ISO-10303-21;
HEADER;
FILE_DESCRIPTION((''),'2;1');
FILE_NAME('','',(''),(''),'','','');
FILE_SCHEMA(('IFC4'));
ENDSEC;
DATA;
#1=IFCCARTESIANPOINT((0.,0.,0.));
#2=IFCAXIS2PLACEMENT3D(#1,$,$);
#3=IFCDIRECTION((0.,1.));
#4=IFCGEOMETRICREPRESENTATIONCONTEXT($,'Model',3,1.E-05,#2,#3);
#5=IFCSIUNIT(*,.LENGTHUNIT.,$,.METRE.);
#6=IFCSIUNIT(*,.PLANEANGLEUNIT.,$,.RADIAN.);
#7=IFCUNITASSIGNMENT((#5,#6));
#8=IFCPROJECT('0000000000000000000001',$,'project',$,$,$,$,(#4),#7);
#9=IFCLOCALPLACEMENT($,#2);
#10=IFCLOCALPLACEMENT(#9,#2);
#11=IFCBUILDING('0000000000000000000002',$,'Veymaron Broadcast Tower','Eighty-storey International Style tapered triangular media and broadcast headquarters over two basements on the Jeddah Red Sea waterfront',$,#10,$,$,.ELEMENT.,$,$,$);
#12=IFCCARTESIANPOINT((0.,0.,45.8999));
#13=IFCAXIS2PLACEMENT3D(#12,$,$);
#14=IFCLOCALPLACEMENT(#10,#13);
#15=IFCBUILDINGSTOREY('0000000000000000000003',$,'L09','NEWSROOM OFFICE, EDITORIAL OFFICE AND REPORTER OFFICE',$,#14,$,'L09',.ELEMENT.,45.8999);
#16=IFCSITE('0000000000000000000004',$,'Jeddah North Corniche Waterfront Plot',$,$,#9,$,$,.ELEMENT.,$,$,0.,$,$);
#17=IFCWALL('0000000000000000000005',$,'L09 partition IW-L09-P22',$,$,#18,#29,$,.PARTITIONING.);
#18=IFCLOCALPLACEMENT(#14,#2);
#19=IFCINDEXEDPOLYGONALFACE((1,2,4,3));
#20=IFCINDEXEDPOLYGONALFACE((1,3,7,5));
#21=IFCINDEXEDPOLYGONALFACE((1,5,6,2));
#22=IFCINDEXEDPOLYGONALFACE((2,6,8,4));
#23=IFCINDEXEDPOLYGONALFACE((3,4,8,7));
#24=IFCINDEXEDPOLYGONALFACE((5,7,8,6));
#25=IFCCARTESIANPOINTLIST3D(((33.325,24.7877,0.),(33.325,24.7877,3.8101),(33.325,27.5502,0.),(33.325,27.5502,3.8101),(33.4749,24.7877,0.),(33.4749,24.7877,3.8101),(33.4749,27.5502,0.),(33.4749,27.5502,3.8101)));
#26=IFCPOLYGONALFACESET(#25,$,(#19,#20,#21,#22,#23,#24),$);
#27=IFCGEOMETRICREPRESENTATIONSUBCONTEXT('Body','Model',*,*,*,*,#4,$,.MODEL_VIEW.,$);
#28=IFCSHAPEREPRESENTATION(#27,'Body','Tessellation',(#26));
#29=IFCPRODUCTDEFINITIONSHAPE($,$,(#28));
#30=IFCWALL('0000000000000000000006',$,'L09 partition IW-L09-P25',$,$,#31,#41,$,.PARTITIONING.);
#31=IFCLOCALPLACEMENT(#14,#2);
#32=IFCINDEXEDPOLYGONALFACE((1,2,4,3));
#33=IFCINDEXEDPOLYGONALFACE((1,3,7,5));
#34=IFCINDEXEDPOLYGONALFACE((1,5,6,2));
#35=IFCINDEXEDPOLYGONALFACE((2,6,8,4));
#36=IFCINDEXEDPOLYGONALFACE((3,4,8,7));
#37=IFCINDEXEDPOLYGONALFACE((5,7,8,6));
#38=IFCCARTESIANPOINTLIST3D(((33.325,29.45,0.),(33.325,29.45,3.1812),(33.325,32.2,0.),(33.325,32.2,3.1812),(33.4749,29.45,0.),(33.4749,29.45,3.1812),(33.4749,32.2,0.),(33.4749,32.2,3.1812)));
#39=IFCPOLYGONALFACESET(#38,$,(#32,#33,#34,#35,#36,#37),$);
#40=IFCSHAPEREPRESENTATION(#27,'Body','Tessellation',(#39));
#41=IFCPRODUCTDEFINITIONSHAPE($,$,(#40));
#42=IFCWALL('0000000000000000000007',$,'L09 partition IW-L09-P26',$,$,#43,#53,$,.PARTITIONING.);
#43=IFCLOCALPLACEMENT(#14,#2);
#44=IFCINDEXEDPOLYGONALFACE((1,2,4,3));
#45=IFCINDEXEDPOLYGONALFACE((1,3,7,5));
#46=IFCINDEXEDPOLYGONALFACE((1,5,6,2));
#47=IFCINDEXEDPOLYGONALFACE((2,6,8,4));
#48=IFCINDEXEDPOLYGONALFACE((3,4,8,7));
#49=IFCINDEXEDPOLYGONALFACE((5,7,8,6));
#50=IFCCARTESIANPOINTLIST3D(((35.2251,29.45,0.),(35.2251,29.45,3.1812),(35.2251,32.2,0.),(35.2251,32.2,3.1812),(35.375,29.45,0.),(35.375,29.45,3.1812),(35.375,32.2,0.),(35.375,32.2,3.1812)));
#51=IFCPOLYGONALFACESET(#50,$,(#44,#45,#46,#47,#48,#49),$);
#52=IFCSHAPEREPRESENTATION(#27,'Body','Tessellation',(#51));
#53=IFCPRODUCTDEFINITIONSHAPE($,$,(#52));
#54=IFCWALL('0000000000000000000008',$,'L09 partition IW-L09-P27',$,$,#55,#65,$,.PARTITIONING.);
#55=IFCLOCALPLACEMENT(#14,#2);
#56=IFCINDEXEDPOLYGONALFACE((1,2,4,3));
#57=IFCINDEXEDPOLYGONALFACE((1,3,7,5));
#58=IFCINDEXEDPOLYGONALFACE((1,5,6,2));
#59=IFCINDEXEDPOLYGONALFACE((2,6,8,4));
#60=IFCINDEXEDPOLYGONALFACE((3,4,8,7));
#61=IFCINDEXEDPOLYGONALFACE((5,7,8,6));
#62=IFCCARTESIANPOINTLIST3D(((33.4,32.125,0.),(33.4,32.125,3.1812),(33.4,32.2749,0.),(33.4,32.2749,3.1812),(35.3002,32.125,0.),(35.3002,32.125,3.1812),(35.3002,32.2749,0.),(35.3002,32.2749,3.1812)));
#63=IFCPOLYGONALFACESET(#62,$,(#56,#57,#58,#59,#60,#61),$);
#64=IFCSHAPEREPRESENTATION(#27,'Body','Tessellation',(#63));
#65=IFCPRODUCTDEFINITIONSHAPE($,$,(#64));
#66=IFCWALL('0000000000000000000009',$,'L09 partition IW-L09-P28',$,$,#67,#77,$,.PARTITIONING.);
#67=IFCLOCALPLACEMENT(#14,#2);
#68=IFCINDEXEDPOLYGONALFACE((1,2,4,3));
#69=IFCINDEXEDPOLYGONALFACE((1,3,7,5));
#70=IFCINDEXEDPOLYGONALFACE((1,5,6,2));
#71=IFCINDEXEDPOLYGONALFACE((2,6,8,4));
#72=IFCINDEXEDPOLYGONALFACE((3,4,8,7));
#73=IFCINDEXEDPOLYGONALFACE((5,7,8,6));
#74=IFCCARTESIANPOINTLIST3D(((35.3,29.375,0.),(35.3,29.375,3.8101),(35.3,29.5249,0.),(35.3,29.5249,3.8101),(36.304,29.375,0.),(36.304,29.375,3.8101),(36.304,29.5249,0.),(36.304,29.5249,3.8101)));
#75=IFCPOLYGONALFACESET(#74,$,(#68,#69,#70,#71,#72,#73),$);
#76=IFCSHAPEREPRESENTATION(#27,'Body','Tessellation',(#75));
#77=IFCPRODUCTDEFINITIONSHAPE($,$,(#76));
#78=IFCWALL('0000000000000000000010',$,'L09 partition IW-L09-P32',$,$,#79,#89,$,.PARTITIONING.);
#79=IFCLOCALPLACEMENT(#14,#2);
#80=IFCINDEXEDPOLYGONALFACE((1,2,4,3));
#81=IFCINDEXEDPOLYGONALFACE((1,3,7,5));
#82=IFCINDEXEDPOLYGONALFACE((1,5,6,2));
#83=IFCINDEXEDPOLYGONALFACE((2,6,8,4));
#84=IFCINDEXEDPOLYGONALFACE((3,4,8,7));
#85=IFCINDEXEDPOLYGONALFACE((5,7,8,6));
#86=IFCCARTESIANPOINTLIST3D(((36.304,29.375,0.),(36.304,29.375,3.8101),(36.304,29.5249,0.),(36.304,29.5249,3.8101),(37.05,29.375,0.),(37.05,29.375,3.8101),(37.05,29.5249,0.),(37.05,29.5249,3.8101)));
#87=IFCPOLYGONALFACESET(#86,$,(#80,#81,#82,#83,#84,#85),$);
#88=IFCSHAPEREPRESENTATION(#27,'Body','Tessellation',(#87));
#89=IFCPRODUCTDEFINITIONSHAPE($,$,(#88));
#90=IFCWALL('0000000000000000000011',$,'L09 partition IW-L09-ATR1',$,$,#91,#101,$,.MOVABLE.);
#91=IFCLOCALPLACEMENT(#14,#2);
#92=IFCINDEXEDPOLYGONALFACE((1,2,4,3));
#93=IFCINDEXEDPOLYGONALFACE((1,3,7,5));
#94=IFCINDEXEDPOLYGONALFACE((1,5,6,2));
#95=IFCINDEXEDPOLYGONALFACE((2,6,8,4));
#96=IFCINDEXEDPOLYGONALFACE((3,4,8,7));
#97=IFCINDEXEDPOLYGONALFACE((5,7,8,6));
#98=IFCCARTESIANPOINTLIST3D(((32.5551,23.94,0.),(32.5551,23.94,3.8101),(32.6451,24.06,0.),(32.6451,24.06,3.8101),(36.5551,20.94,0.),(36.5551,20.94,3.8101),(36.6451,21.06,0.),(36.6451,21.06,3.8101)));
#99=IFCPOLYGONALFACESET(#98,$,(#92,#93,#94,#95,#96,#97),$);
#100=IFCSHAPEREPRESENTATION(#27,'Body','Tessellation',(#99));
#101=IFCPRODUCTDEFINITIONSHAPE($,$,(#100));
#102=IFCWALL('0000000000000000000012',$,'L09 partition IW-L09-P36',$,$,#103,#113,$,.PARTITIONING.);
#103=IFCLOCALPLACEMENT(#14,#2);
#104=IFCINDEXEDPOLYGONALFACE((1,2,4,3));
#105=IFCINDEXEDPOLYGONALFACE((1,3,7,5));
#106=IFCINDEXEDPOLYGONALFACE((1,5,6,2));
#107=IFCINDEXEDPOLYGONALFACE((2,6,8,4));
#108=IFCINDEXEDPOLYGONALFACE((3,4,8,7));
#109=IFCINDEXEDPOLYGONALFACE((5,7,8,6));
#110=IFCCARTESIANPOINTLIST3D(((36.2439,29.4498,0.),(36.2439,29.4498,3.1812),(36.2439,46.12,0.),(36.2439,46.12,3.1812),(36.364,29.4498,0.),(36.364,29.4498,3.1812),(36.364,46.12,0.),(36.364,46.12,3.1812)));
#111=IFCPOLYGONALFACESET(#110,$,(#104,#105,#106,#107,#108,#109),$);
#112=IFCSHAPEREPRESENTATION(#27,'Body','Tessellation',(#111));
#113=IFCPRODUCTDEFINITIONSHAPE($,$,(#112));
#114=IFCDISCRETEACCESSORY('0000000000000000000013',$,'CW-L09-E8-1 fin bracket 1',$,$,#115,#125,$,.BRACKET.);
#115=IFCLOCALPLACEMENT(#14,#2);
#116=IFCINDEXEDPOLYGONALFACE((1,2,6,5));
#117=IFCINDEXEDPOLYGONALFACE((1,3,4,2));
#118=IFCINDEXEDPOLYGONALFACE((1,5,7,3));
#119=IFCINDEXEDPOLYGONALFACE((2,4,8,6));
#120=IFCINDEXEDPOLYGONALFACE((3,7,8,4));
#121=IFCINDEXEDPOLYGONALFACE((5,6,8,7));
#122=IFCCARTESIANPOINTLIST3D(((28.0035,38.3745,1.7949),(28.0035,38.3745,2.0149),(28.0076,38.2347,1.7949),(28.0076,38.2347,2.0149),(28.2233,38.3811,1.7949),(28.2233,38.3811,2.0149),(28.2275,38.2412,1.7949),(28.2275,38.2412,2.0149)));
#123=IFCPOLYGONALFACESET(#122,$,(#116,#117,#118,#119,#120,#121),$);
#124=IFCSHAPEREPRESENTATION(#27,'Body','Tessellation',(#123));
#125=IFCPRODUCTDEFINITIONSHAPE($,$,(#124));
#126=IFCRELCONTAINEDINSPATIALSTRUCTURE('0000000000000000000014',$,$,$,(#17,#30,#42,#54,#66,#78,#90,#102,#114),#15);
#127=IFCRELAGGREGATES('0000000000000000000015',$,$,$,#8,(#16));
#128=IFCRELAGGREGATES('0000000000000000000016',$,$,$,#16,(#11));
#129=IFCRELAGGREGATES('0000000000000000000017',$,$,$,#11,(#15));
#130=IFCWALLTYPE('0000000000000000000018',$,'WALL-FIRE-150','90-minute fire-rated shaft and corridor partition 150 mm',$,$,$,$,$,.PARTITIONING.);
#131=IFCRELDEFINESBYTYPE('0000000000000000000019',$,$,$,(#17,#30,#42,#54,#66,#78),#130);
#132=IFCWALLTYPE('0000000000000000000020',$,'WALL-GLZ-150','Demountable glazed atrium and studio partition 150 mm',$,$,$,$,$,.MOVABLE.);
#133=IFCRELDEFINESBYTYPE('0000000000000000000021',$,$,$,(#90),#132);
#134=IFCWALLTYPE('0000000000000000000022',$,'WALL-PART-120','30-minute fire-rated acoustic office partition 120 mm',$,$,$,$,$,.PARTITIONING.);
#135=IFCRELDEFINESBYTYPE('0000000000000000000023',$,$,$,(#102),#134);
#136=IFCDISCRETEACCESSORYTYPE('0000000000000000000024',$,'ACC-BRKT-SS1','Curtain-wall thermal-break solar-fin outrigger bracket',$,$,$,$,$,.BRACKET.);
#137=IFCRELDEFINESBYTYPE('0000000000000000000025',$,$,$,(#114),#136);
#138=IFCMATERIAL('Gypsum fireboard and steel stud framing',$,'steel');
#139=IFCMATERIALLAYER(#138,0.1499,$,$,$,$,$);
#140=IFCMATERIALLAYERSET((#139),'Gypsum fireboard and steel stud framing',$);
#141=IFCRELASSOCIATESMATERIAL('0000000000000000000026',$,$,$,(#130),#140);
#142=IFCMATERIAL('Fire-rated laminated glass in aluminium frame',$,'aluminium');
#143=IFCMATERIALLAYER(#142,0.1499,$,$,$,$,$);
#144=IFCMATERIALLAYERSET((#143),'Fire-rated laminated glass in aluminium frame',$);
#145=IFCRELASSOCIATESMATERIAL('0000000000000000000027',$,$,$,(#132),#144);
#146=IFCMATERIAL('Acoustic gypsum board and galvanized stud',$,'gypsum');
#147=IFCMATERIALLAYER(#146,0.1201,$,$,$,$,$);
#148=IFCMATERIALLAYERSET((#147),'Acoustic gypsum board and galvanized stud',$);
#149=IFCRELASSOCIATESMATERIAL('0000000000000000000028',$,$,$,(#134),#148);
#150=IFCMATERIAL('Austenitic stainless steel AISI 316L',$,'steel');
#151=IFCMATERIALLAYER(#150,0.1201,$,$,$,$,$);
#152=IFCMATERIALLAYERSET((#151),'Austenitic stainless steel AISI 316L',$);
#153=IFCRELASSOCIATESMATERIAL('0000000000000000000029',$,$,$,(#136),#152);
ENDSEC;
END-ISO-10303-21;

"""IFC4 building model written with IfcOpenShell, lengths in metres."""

from ifc_helpers import new_model, si_unit, direction, frame, frame_2d, origin, origin_2d, place, context, subcontext, project, spatial, rectangle, extrude, material, layer, layer_set, type_object, element, save


model = new_model("IFC4")

# Units and contexts
model_context = context("Model", 3, precision=1e-05, world=origin(), true_north=direction((0.0, 1.0)))
body_context = subcontext(model_context, "Body", "Model", "MODEL_VIEW")
ifc_project = project(units=[si_unit("LENGTHUNIT", "METRE"), si_unit("PLANEANGLEUNIT", "RADIAN")], contexts=[model_context])

# Site, building, storey
site_placement = place(None, origin())
site = spatial("IfcSite", under=ifc_project, at=site_placement, Name="Jeddah North Corniche Waterfront Plot", CompositionType="ELEMENT", RefElevation=0.0)
building_placement = place(site_placement, origin())
building = spatial("IfcBuilding", under=site, at=building_placement, Name="Veymaron Broadcast Tower", Description="Eighty-storey International Style tapered triangular media and broadcast headquarters over two basements on the Jeddah Red Sea waterfront", CompositionType="ELEMENT")
storey_placement = place(building_placement, frame((0.0, 0.0, 45.8999)))
storey = spatial("IfcBuildingStorey", under=building, at=storey_placement, Name="L09", Description="NEWSROOM OFFICE, EDITORIAL OFFICE AND REPORTER OFFICE", LongName="L09", CompositionType="ELEMENT", Elevation=45.8999)

# Walls
ifc_material_1 = material(Name="Gypsum fireboard and steel stud framing", Category="steel")
ifc_layer_1 = layer(ifc_material_1, 0.1499)
ifc_layer_set_1 = layer_set([ifc_layer_1], Name="Gypsum fireboard and steel stud framing")
wall_type_1 = type_object("IfcWallType", Name="WALL-FIRE-150", Description="90-minute fire-rated shaft and corridor partition 150 mm", PredefinedType="PARTITIONING", material=ifc_layer_set_1)
wall_1_placement = place(storey_placement, frame((33.3999, 24.7876, 0.0), z_axis=(0.0, 0.0, 1.0), x_axis=(0.0, 1.0, 0.0)))
element("IfcWall", 1, at=wall_1_placement, inside=storey, type_object=wall_type_1, Name="L09 partition IW-L09-P22", PredefinedType="PARTITIONING", context=body_context, shape_type="SweptSolid", body=[
    extrude(rectangle(XDim=2.7625, YDim=0.1499, at=frame_2d((1.3813, 0.0))), origin(), (0.0, 0.0, 1.0), 3.8101),
])
for number, where, z_axis, x_axis, name in (
    (2, (33.3999, 29.45, 0.0), (0.0, 0.0, 1.0), (0.0, 1.0, 0.0), "L09 partition IW-L09-P25"),
    (3, (35.3, 29.45, 0.0), (0.0, 0.0, 1.0), (0.0, 1.0, 0.0), "L09 partition IW-L09-P26"),
):
    element("IfcWall", number, at=place(storey_placement, frame(where, z_axis=z_axis, x_axis=x_axis)), inside=storey, type_object=wall_type_1, Name=name, PredefinedType="PARTITIONING", context=body_context, shape_type="SweptSolid", body=[
        extrude(rectangle(XDim=2.75, YDim=0.1499, at=frame_2d((1.375, 0.0))), origin(), (0.0, 0.0, 1.0), 3.1812),
    ])
wall_2_placement = place(storey_placement, frame((33.3999, 32.2, 0.0), z_axis=(0.0, 0.0, 1.0), x_axis=(1.0, 0.0, 0.0)))
element("IfcWall", 4, at=wall_2_placement, inside=storey, type_object=wall_type_1, Name="L09 partition IW-L09-P27", PredefinedType="PARTITIONING", context=body_context, shape_type="SweptSolid", body=[
    extrude(rectangle(XDim=1.9001, YDim=0.1499, at=frame_2d((0.9502, 0.0))), origin(), (0.0, 0.0, 1.0), 3.1812),
])
wall_3_placement = place(storey_placement, frame((35.3, 29.45, 0.0), z_axis=(0.0, 0.0, 1.0), x_axis=(1.0, 0.0, 0.0)))
element("IfcWall", 5, at=wall_3_placement, inside=storey, type_object=wall_type_1, Name="L09 partition IW-L09-P28", PredefinedType="PARTITIONING", context=body_context, shape_type="SweptSolid", body=[
    extrude(rectangle(XDim=1.0039, YDim=0.1499, at=frame_2d((0.502, 0.0))), origin(), (0.0, 0.0, 1.0), 3.8101),
])
wall_4_placement = place(storey_placement, frame((36.304, 29.45, 0.0), z_axis=(0.0, 0.0, 1.0), x_axis=(1.0, 0.0, 0.0)))
element("IfcWall", 6, at=wall_4_placement, inside=storey, type_object=wall_type_1, Name="L09 partition IW-L09-P32", PredefinedType="PARTITIONING", context=body_context, shape_type="SweptSolid", body=[
    extrude(rectangle(XDim=0.7461, YDim=0.1499, at=frame_2d((0.373, 0.0))), origin(), (0.0, 0.0, 1.0), 3.8101),
])
ifc_material_2 = material(Name="Fire-rated laminated glass in aluminium frame", Category="aluminium")
ifc_layer_2 = layer(ifc_material_2, 0.1499)
ifc_layer_set_2 = layer_set([ifc_layer_2], Name="Fire-rated laminated glass in aluminium frame")
wall_type_2 = type_object("IfcWallType", Name="WALL-GLZ-150", Description="Demountable glazed atrium and studio partition 150 mm", PredefinedType="MOVABLE", material=ifc_layer_set_2)
wall_5_placement = place(storey_placement, frame((32.6001, 24.0, 0.0), z_axis=(0.0, 0.0, 1.0), x_axis=(0.8, -0.6, 0.0)))
element("IfcWall", 7, at=wall_5_placement, inside=storey, type_object=wall_type_2, Name="L09 partition IW-L09-ATR1", PredefinedType="MOVABLE", context=body_context, shape_type="SweptSolid", body=[
    extrude(rectangle(XDim=5.0, YDim=0.1499, at=frame_2d((2.5, 0.0))), origin(), (0.0, 0.0, 1.0), 3.8101),
])
ifc_material_3 = material(Name="Acoustic gypsum board and galvanized stud", Category="gypsum")
ifc_layer_3 = layer(ifc_material_3, 0.1201)
ifc_layer_set_3 = layer_set([ifc_layer_3], Name="Acoustic gypsum board and galvanized stud")
wall_type_3 = type_object("IfcWallType", Name="WALL-PART-120", Description="30-minute fire-rated acoustic office partition 120 mm", PredefinedType="PARTITIONING", material=ifc_layer_set_3)
wall_6_placement = place(storey_placement, frame((36.304, 29.45, 0.0), z_axis=(0.0, 0.0, 1.0), x_axis=(0.0, 1.0, 0.0)))
element("IfcWall", 8, at=wall_6_placement, inside=storey, type_object=wall_type_3, Name="L09 partition IW-L09-P36", PredefinedType="PARTITIONING", context=body_context, shape_type="SweptSolid", body=[
    extrude(rectangle(XDim=16.6702, YDim=0.1201, at=frame_2d((8.335, 0.0))), origin(), (0.0, 0.0, 1.0), 3.1812),
])

# Discrete accessory
ifc_material_4 = material(Name="Austenitic stainless steel AISI 316L", Category="steel")
ifc_layer_4 = layer(ifc_material_4, 0.1201)
ifc_layer_set_4 = layer_set([ifc_layer_4], Name="Austenitic stainless steel AISI 316L")
discrete_accessory_type = type_object("IfcDiscreteAccessoryType", Name="ACC-BRKT-SS1", Description="Curtain-wall thermal-break solar-fin outrigger bracket", PredefinedType="BRACKET", material=ifc_layer_set_4)
discrete_accessory_placement = place(storey_placement, frame((28.1155, 38.3079, 1.7949), z_axis=(0.0, 0.0, 1.0), x_axis=(-0.999554, -0.029858, 0.0)))
element("IfcDiscreteAccessory", 9, at=discrete_accessory_placement, inside=storey, type_object=discrete_accessory_type, Name="CW-L09-E8-1 fin bracket 1", PredefinedType="BRACKET", context=body_context, shape_type="SweptSolid", body=[
    extrude(rectangle(XDim=0.22, YDim=0.1399, at=origin_2d()), origin(), (0.0, 0.0, 1.0), 0.22),
])

save(model, "model.ifc")
